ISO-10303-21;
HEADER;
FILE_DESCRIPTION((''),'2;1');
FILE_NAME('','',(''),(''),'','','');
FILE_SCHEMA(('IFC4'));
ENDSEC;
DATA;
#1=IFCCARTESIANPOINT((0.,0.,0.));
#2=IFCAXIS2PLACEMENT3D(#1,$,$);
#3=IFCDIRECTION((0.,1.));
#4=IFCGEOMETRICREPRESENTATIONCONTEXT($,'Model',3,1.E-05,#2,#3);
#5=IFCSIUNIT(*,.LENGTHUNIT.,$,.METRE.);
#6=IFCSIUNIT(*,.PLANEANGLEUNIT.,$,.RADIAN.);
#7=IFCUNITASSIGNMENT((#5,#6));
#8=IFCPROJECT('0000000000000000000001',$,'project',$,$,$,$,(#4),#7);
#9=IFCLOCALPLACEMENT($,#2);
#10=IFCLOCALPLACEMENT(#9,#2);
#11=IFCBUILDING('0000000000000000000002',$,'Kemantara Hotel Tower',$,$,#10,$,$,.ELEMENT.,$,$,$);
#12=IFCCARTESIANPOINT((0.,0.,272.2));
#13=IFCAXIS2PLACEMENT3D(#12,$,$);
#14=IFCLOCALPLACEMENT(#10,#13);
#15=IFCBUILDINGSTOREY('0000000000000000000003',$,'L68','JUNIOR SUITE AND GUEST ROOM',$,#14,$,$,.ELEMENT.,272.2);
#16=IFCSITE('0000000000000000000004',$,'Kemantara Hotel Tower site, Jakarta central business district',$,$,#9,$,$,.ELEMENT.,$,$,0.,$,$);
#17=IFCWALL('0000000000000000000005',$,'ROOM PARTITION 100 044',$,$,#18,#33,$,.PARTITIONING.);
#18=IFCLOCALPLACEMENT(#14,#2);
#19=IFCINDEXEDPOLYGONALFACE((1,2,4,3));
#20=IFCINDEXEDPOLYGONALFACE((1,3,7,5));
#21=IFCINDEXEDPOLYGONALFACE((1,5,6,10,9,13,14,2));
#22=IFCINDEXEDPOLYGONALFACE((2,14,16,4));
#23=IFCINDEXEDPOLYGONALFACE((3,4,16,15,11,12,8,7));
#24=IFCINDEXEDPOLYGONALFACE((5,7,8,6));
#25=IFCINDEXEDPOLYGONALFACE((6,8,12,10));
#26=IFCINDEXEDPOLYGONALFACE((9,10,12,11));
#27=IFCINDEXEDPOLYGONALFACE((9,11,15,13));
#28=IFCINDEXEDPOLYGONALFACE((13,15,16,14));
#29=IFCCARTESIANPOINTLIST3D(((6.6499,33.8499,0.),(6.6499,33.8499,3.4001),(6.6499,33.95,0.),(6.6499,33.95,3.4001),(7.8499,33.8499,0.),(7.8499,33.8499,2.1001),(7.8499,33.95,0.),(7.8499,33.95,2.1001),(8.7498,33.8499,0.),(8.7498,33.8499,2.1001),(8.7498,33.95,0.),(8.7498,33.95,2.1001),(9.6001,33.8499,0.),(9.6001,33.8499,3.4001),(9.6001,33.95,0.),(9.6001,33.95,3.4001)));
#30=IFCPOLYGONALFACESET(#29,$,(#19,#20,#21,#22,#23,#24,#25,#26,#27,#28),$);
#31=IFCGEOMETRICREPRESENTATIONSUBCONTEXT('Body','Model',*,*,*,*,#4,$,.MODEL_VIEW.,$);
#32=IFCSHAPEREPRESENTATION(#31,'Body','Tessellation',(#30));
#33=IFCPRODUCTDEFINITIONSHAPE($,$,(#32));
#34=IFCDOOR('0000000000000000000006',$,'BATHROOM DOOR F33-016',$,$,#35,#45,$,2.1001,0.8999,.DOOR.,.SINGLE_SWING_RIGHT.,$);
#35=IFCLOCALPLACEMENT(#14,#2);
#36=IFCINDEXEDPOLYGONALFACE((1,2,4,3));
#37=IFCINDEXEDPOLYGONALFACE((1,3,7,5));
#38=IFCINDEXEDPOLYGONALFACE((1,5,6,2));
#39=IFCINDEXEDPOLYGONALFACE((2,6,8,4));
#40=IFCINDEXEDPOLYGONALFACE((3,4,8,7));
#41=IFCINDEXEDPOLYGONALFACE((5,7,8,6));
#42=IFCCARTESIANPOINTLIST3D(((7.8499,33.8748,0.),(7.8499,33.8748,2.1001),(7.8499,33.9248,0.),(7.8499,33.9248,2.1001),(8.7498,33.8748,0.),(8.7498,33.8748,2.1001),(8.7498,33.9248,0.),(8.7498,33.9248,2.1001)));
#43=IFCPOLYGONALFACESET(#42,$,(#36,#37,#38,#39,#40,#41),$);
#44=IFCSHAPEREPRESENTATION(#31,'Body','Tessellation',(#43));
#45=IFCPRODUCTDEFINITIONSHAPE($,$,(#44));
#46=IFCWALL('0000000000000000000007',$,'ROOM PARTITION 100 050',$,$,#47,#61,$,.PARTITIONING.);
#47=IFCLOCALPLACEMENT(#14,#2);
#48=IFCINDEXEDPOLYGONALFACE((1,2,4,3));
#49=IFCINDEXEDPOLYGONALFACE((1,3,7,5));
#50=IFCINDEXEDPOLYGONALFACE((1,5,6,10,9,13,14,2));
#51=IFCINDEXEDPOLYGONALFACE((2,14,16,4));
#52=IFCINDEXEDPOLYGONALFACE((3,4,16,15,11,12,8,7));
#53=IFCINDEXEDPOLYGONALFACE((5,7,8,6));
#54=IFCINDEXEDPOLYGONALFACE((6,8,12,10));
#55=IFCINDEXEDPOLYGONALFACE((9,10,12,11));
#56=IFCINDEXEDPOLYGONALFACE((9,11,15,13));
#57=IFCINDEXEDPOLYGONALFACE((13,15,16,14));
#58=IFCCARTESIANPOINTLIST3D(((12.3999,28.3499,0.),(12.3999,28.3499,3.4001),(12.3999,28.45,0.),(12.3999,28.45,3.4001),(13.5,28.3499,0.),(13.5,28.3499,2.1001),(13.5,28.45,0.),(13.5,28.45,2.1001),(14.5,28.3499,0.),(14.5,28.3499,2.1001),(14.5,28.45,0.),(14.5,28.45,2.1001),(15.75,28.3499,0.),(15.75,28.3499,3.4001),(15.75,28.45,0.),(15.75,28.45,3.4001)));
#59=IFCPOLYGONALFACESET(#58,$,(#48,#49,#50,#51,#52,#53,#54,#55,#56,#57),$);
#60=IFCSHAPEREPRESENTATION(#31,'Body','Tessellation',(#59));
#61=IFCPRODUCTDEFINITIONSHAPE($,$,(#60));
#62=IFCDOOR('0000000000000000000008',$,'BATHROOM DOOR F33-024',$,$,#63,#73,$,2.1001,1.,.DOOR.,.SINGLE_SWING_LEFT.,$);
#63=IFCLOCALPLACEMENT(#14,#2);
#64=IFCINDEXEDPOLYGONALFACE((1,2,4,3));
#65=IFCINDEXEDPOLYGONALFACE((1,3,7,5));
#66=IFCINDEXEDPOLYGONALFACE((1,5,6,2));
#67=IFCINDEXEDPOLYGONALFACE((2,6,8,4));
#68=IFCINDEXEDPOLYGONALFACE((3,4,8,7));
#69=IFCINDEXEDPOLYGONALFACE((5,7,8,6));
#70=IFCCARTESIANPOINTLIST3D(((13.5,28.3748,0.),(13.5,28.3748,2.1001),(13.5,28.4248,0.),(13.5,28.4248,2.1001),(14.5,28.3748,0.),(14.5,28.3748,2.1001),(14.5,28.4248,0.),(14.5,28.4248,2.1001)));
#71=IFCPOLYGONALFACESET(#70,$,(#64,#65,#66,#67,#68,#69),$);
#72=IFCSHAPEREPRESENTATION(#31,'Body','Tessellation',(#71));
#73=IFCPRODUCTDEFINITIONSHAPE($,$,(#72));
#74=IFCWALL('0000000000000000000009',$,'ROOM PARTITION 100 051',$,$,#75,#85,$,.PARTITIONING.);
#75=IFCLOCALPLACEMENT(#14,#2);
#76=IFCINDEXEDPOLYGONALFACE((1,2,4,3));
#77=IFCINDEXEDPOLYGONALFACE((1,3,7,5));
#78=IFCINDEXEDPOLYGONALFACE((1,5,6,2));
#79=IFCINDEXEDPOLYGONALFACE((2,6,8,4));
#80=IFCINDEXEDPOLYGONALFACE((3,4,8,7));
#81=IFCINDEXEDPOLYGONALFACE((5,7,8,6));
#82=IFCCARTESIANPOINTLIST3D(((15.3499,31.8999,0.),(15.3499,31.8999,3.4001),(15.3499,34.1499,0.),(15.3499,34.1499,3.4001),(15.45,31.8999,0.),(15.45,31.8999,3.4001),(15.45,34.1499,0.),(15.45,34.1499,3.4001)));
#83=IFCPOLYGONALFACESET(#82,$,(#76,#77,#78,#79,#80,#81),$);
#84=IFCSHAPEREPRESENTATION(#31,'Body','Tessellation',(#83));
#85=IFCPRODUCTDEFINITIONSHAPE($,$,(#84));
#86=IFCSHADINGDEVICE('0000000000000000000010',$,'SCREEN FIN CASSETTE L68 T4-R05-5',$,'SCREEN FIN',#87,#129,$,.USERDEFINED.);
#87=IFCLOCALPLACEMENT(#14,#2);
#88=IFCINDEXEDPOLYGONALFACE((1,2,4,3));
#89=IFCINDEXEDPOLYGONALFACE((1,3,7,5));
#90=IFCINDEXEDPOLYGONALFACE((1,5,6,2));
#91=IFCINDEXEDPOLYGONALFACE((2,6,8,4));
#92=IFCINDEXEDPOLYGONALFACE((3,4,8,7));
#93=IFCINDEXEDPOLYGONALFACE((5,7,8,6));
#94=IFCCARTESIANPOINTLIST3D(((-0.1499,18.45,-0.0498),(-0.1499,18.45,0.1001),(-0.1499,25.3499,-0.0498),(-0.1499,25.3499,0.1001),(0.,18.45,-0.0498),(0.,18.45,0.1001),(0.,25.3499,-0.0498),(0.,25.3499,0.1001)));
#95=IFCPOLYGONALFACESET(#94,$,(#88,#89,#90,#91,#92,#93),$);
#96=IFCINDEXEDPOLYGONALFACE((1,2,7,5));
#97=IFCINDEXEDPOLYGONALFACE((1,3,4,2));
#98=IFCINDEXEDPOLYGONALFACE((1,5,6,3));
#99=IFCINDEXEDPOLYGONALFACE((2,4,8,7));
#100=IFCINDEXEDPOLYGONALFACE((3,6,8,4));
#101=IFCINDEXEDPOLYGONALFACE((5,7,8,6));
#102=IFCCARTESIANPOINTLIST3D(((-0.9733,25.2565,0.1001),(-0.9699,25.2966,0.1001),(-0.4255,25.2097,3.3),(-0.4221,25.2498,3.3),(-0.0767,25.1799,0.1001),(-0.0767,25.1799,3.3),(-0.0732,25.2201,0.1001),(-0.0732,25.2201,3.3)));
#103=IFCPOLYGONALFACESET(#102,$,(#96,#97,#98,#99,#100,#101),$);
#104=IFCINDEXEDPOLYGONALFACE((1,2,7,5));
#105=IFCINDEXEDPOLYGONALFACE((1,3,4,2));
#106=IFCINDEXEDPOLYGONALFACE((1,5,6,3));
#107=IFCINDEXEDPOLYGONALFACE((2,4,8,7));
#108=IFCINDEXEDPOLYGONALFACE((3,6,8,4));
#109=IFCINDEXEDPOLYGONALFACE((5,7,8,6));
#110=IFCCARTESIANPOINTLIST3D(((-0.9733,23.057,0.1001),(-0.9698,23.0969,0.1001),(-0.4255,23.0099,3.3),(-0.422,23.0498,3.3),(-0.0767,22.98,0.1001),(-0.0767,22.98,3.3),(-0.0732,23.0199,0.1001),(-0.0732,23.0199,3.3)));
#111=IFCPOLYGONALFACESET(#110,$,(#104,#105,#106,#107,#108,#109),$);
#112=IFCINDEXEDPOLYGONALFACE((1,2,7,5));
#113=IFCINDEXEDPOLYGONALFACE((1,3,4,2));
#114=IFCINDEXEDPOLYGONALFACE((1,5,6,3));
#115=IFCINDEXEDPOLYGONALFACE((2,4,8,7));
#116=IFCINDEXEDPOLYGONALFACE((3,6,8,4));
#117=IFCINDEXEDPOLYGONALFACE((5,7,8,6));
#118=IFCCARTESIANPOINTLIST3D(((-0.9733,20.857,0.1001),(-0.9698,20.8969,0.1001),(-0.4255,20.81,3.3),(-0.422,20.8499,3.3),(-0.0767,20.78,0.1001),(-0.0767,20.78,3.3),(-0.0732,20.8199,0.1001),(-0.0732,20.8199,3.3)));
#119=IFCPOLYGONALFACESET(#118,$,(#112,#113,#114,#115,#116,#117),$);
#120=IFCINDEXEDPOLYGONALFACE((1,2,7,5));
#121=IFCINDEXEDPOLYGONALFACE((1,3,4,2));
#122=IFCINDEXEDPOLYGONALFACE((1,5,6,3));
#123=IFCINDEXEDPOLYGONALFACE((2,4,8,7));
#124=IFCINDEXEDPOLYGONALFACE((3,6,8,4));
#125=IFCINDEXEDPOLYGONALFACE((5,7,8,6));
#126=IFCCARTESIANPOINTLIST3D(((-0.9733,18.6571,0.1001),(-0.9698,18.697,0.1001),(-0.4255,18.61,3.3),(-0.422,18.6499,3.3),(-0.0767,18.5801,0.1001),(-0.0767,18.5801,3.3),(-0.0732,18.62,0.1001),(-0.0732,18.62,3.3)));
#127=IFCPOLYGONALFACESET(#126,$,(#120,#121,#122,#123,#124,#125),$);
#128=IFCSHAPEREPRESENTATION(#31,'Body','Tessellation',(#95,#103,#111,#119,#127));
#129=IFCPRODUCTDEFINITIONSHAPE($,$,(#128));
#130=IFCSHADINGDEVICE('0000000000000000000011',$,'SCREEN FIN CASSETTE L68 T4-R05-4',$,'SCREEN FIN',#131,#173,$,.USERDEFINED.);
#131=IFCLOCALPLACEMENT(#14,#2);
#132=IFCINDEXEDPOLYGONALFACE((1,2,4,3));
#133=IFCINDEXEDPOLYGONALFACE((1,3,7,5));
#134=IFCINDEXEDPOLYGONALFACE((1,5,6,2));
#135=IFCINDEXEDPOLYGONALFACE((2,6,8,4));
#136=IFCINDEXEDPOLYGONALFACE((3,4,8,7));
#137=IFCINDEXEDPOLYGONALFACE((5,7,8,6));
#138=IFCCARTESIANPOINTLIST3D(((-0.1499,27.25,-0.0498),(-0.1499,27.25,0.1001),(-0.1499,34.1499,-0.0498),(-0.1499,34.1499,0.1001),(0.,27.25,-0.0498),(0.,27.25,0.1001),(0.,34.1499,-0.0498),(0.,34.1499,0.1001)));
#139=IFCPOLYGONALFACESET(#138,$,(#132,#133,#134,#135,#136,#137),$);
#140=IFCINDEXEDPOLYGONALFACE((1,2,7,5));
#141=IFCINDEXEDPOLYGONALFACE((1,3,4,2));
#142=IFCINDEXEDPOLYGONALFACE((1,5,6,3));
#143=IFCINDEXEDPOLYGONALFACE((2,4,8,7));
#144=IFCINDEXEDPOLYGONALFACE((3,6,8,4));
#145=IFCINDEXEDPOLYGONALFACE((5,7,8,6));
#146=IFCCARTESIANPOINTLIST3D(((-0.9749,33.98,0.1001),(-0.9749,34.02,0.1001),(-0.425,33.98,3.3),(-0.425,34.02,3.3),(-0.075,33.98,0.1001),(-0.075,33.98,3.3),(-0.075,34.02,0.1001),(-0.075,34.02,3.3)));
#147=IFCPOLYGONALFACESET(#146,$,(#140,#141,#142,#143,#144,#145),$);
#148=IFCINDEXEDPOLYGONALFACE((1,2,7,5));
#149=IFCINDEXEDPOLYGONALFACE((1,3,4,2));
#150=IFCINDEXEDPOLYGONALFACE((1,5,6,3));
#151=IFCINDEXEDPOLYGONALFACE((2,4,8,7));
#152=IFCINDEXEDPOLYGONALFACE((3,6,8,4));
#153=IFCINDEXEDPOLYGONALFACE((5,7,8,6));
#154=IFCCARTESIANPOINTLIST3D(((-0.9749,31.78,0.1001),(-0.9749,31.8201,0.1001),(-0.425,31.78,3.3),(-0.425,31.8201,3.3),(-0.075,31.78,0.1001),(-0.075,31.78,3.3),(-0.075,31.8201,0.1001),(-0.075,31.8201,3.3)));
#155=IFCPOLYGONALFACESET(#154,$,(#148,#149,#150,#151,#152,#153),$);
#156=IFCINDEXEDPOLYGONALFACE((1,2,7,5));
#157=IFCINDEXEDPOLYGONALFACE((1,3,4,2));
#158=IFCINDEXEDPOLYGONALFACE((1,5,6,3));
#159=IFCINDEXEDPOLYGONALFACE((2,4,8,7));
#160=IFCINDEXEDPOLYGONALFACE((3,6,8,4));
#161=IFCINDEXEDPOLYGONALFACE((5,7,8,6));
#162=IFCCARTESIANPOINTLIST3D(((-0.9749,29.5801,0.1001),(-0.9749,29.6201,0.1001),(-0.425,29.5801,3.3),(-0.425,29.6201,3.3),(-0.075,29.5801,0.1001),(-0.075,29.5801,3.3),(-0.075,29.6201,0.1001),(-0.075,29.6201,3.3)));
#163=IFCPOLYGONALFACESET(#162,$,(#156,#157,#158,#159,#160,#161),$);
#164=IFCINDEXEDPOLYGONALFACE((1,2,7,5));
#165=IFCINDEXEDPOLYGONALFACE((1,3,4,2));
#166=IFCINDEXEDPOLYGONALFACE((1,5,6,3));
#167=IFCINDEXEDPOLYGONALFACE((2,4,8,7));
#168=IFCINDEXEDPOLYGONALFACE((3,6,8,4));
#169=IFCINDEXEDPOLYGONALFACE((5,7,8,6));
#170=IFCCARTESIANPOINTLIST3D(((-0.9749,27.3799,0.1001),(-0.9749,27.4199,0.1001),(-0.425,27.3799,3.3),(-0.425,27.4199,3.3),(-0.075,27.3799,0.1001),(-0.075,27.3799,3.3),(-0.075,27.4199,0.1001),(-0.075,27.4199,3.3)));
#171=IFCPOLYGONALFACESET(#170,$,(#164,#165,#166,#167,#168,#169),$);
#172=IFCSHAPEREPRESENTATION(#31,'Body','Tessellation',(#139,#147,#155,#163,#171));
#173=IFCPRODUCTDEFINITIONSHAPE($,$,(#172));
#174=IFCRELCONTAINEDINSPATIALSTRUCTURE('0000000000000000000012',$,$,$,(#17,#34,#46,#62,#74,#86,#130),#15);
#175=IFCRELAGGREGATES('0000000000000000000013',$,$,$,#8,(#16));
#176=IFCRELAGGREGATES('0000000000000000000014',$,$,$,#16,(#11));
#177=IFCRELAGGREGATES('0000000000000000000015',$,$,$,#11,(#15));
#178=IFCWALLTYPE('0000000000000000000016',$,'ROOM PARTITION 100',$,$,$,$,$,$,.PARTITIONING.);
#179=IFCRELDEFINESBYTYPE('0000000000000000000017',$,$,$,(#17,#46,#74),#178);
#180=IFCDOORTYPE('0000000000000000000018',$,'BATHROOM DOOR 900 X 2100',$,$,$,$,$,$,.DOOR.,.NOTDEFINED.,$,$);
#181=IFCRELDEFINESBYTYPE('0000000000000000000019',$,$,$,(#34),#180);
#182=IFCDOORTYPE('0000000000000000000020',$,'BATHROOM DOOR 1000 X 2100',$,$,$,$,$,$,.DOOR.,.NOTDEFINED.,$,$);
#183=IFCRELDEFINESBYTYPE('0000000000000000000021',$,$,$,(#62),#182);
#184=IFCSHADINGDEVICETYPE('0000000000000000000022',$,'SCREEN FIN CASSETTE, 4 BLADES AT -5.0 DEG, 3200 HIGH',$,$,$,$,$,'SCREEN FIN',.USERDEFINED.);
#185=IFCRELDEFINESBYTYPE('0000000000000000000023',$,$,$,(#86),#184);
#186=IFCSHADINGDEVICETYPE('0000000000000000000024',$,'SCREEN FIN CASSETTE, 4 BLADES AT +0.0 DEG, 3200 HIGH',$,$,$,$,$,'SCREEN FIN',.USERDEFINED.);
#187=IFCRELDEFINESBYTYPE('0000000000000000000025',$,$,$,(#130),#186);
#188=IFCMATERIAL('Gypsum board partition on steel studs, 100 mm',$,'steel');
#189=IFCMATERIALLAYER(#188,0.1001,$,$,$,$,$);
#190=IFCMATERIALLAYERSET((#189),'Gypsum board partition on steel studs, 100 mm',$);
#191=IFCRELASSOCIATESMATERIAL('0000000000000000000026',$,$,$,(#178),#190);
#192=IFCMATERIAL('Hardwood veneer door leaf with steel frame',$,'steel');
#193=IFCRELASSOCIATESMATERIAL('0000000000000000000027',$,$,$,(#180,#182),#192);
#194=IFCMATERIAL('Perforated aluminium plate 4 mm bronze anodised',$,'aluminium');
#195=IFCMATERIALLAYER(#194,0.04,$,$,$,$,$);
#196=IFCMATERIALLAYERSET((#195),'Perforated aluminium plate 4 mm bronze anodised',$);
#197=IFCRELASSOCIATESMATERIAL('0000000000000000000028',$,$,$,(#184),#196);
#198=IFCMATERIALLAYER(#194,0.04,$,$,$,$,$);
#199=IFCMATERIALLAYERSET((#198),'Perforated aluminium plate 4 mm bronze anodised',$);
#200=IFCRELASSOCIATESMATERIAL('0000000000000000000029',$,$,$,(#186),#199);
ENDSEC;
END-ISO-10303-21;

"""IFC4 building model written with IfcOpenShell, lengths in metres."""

from ifc_helpers import new_model, si_unit, direction, frame, frame_2d, origin, origin_2d, place, context, subcontext, project, spatial, polyline, rectangle, outline, extrude, source, transform, mapped, material, layer, layer_set, type_object, element, fill, save


model = new_model("IFC4")

# Units and contexts
model_context = context("Model", 3, precision=1e-05, world=origin(), true_north=direction((0.0, 1.0)))
body_context = subcontext(model_context, "Body", "Model", "MODEL_VIEW")
ifc_project = project(units=[si_unit("LENGTHUNIT", "METRE"), si_unit("PLANEANGLEUNIT", "RADIAN")], contexts=[model_context])

# Site, building, storey
site_placement = place(None, origin())
site = spatial("IfcSite", under=ifc_project, at=site_placement, Name="Kemantara Hotel Tower site, Jakarta central business district", CompositionType="ELEMENT", RefElevation=0.0)
building_placement = place(site_placement, origin())
building = spatial("IfcBuilding", under=site, at=building_placement, Name="Kemantara Hotel Tower", CompositionType="ELEMENT")
storey_placement = place(building_placement, frame((0.0, 0.0, 272.2)))
storey = spatial("IfcBuildingStorey", under=building, at=storey_placement, Name="L68", Description="JUNIOR SUITE AND GUEST ROOM", CompositionType="ELEMENT", Elevation=272.2)

# Shared definitions
ifc_material_1 = material(Name="Hardwood veneer door leaf with steel frame", Category="steel")

# Shared definitions
ifc_material_2 = material(Name="Gypsum board partition on steel studs, 100 mm", Category="steel")
ifc_layer_1 = layer(ifc_material_2, 0.1001)
ifc_layer_set_1 = layer_set([ifc_layer_1], Name="Gypsum board partition on steel studs, 100 mm")
wall_type_1 = type_object("IfcWallType", Name="ROOM PARTITION 100", PredefinedType="PARTITIONING", material=ifc_layer_set_1)

# Shared definitions
door_type_1 = type_object("IfcDoorType", Name="BATHROOM DOOR 900 X 2100", OperationType="NOTDEFINED", PredefinedType="DOOR", material=ifc_material_1)

# Walls, openings, doors
wall_1_placement = place(storey_placement, frame((6.6499, 33.8999, 0.0), z_axis=(0.0, 0.0, 1.0), x_axis=(1.0, 0.0, 0.0)))
wall_1 = element("IfcWall", 1, at=wall_1_placement, inside=storey, type_object=wall_type_1, Name="ROOM PARTITION 100 044", PredefinedType="PARTITIONING", context=body_context, shape_type="SweptSolid", body=[
    extrude(rectangle(XDim=2.9502, YDim=0.1001, at=frame_2d((1.4751, 0.0))), origin(), (0.0, 0.0, 1.0), 3.4001),
])
opening_1_placement = place(wall_1_placement, frame((1.2, 0.0, 0.0)))
opening_1 = element("IfcOpeningElement", 2, at=opening_1_placement, cuts=wall_1, PredefinedType="OPENING", context=body_context, shape_type="SweptSolid", body=[
    extrude(rectangle(XDim=0.8999, YDim=2.1001, at=frame_2d((0.45, 1.05))), frame((0.0, 0.0601, 0.0), z_axis=(0.0, -1.0, 0.0), x_axis=(1.0, 0.0, 0.0)), (0.0, 0.0, 1.0), 0.1201),
])
door_1_placement = place(opening_1_placement, origin())
door_1 = element("IfcDoor", 3, at=door_1_placement, inside=storey, type_object=door_type_1, Name="BATHROOM DOOR F33-016", OperationType="SINGLE_SWING_RIGHT", OverallHeight=2.1001, OverallWidth=0.8999, PredefinedType="DOOR", context=body_context, shape_type="SweptSolid", body=[
    extrude(rectangle(XDim=0.8999, YDim=2.1001, at=frame_2d((0.45, 1.05))), frame((0.0, 0.0249, 0.0), z_axis=(0.0, -1.0, 0.0), x_axis=(1.0, 0.0, 0.0)), (0.0, 0.0, 1.0), 0.05),
])
fill(opening_1, door_1)
wall_2_placement = place(storey_placement, frame((12.3999, 28.3999, 0.0), z_axis=(0.0, 0.0, 1.0), x_axis=(1.0, 0.0, 0.0)))
wall_2 = element("IfcWall", 4, at=wall_2_placement, inside=storey, type_object=wall_type_1, Name="ROOM PARTITION 100 050", PredefinedType="PARTITIONING", context=body_context, shape_type="SweptSolid", body=[
    extrude(rectangle(XDim=3.3501, YDim=0.1001, at=frame_2d((1.675, 0.0))), origin(), (0.0, 0.0, 1.0), 3.4001),
])
opening_2_placement = place(wall_2_placement, frame((1.1001, 0.0, 0.0)))
opening_2 = element("IfcOpeningElement", 5, at=opening_2_placement, cuts=wall_2, PredefinedType="OPENING", context=body_context, shape_type="SweptSolid", body=[
    extrude(rectangle(XDim=1.0, YDim=2.1001, at=frame_2d((0.5, 1.05))), frame((0.0, 0.0601, 0.0), z_axis=(0.0, -1.0, 0.0), x_axis=(1.0, 0.0, 0.0)), (0.0, 0.0, 1.0), 0.1201),
])
door_type_2 = type_object("IfcDoorType", Name="BATHROOM DOOR 1000 X 2100", OperationType="NOTDEFINED", PredefinedType="DOOR", material=ifc_material_1)
door_2_placement = place(opening_2_placement, origin())
door_2 = element("IfcDoor", 6, at=door_2_placement, inside=storey, type_object=door_type_2, Name="BATHROOM DOOR F33-024", OperationType="SINGLE_SWING_LEFT", OverallHeight=2.1001, OverallWidth=1.0, PredefinedType="DOOR", context=body_context, shape_type="SweptSolid", body=[
    extrude(rectangle(XDim=1.0, YDim=2.1001, at=frame_2d((0.5, 1.05))), frame((0.0, 0.0249, 0.0), z_axis=(0.0, -1.0, 0.0), x_axis=(1.0, 0.0, 0.0)), (0.0, 0.0, 1.0), 0.05),
])
fill(opening_2, door_2)

# Wall
wall_3_placement = place(storey_placement, frame((15.3999, 31.8999, 0.0), z_axis=(0.0, 0.0, 1.0), x_axis=(0.0, 1.0, 0.0)))
element("IfcWall", 7, at=wall_3_placement, inside=storey, type_object=wall_type_1, Name="ROOM PARTITION 100 051", PredefinedType="PARTITIONING", context=body_context, shape_type="SweptSolid", body=[
    extrude(rectangle(XDim=2.25, YDim=0.1001, at=frame_2d((1.125, 0.0))), origin(), (0.0, 0.0, 1.0), 3.4001),
])

# Shading devices
ifc_material_3 = material(Name="Perforated aluminium plate 4 mm bronze anodised", Category="aluminium")
ifc_layer_2 = layer(ifc_material_3, 0.04)
ifc_layer_set_2 = layer_set([ifc_layer_2], Name="Perforated aluminium plate 4 mm bronze anodised")
shading_device_type_1 = type_object("IfcShadingDeviceType", Name="SCREEN FIN CASSETTE, 4 BLADES AT -5.0 DEG, 3200 HIGH", ElementType="SCREEN FIN", PredefinedType="USERDEFINED", material=ifc_layer_set_2)
shared_shape_1 = source(origin(), body_context, "Body", "SweptSolid", [
    extrude(rectangle(XDim=6.8999, YDim=0.1499, at=origin_2d()), frame((3.3, -0.075, -0.1499), z_axis=(0.0, 0.0, 1.0), x_axis=(1.0, 0.0, 0.0)), (0.0, 0.0, 1.0), 0.1499),
    extrude(outline(polyline([(0.0, 0.0), (0.8999, 0.0), (0.3501, 3.2), (0.0, 3.2), (0.0, 0.0)])), frame((0.02, -0.0767, 0.0), z_axis=(-0.996376, 0.085056, 0.0), x_axis=(-0.085056, -0.996376, 0.0)), (0.0, 0.0, 1.0), 0.0403),
    extrude(outline(polyline([(0.0, 0.0), (0.8999, 0.0), (0.3501, 3.2), (0.0, 3.2), (0.0, 0.0)])), frame((2.22, -0.0767, 0.0), z_axis=(-0.996332, 0.085575, 0.0), x_axis=(-0.085575, -0.996332, 0.0)), (0.0, 0.0, 1.0), 0.04),
    extrude(outline(polyline([(0.0, 0.0), (0.8999, 0.0), (0.3501, 3.2), (0.0, 3.2), (0.0, 0.0)])), frame((4.4199, -0.0767, 0.0), z_axis=(-0.996332, 0.085575, 0.0), x_axis=(-0.085575, -0.996332, 0.0)), (0.0, 0.0, 1.0), 0.04),
    extrude(outline(polyline([(0.0, 0.0), (0.8999, 0.0), (0.3501, 3.2), (0.0, 3.2), (0.0, 0.0)])), frame((6.6199, -0.0767, 0.0), z_axis=(-0.996332, 0.085575, 0.0), x_axis=(-0.085575, -0.996332, 0.0)), (0.0, 0.0, 1.0), 0.04),
])
shading_device_1_placement = place(storey_placement, frame((0.0, 25.2, 0.1001), z_axis=(0.0, 0.0, 1.0), x_axis=(0.0, -1.0, 0.0)))
element("IfcShadingDevice", 8, at=shading_device_1_placement, inside=storey, type_object=shading_device_type_1, Name="SCREEN FIN CASSETTE L68 T4-R05-5", ObjectType="SCREEN FIN", PredefinedType="USERDEFINED", context=body_context, shape_type="MappedRepresentation", body=[
    mapped(shared_shape_1, transform((0.0, 0.0, 0.0))),
])
ifc_layer_3 = layer(ifc_material_3, 0.04)
ifc_layer_set_3 = layer_set([ifc_layer_3], Name="Perforated aluminium plate 4 mm bronze anodised")
shading_device_type_2 = type_object("IfcShadingDeviceType", Name="SCREEN FIN CASSETTE, 4 BLADES AT +0.0 DEG, 3200 HIGH", ElementType="SCREEN FIN", PredefinedType="USERDEFINED", material=ifc_layer_set_3)
shared_shape_2 = source(origin(), body_context, "Body", "SweptSolid", [
    extrude(rectangle(XDim=6.8999, YDim=0.1499, at=origin_2d()), frame((3.3, -0.075, -0.1499), z_axis=(0.0, 0.0, 1.0), x_axis=(1.0, 0.0, 0.0)), (0.0, 0.0, 1.0), 0.1499),
    extrude(outline(polyline([(0.0, 0.0), (0.8999, 0.0), (0.3501, 3.2), (0.0, 3.2), (0.0, 0.0)])), frame((0.02, -0.075, 0.0), z_axis=(-1.0, 0.0, 0.0), x_axis=(0.0, -1.0, 0.0)), (0.0, 0.0, 1.0), 0.04),
    extrude(outline(polyline([(0.0, 0.0), (0.8999, 0.0), (0.3501, 3.2), (0.0, 3.2), (0.0, 0.0)])), frame((2.22, -0.075, 0.0), z_axis=(-1.0, 0.0, 0.0), x_axis=(0.0, -1.0, 0.0)), (0.0, 0.0, 1.0), 0.04),
    extrude(outline(polyline([(0.0, 0.0), (0.8999, 0.0), (0.3501, 3.2), (0.0, 3.2), (0.0, 0.0)])), frame((4.4199, -0.075, 0.0), z_axis=(-1.0, 0.0, 0.0), x_axis=(0.0, -1.0, 0.0)), (0.0, 0.0, 1.0), 0.04),
    extrude(outline(polyline([(0.0, 0.0), (0.8999, 0.0), (0.3501, 3.2), (0.0, 3.2), (0.0, 0.0)])), frame((6.6201, -0.075, 0.0), z_axis=(-1.0, 0.0, 0.0), x_axis=(0.0, -1.0, 0.0)), (0.0, 0.0, 1.0), 0.04),
])
shading_device_2_placement = place(storey_placement, frame((0.0, 34.0, 0.1001), z_axis=(0.0, 0.0, 1.0), x_axis=(0.0, -1.0, 0.0)))
element("IfcShadingDevice", 9, at=shading_device_2_placement, inside=storey, type_object=shading_device_type_2, Name="SCREEN FIN CASSETTE L68 T4-R05-4", ObjectType="SCREEN FIN", PredefinedType="USERDEFINED", context=body_context, shape_type="MappedRepresentation", body=[
    mapped(shared_shape_2, transform((0.0, 0.0, 0.0))),
])

save(model, "model.ifc")
